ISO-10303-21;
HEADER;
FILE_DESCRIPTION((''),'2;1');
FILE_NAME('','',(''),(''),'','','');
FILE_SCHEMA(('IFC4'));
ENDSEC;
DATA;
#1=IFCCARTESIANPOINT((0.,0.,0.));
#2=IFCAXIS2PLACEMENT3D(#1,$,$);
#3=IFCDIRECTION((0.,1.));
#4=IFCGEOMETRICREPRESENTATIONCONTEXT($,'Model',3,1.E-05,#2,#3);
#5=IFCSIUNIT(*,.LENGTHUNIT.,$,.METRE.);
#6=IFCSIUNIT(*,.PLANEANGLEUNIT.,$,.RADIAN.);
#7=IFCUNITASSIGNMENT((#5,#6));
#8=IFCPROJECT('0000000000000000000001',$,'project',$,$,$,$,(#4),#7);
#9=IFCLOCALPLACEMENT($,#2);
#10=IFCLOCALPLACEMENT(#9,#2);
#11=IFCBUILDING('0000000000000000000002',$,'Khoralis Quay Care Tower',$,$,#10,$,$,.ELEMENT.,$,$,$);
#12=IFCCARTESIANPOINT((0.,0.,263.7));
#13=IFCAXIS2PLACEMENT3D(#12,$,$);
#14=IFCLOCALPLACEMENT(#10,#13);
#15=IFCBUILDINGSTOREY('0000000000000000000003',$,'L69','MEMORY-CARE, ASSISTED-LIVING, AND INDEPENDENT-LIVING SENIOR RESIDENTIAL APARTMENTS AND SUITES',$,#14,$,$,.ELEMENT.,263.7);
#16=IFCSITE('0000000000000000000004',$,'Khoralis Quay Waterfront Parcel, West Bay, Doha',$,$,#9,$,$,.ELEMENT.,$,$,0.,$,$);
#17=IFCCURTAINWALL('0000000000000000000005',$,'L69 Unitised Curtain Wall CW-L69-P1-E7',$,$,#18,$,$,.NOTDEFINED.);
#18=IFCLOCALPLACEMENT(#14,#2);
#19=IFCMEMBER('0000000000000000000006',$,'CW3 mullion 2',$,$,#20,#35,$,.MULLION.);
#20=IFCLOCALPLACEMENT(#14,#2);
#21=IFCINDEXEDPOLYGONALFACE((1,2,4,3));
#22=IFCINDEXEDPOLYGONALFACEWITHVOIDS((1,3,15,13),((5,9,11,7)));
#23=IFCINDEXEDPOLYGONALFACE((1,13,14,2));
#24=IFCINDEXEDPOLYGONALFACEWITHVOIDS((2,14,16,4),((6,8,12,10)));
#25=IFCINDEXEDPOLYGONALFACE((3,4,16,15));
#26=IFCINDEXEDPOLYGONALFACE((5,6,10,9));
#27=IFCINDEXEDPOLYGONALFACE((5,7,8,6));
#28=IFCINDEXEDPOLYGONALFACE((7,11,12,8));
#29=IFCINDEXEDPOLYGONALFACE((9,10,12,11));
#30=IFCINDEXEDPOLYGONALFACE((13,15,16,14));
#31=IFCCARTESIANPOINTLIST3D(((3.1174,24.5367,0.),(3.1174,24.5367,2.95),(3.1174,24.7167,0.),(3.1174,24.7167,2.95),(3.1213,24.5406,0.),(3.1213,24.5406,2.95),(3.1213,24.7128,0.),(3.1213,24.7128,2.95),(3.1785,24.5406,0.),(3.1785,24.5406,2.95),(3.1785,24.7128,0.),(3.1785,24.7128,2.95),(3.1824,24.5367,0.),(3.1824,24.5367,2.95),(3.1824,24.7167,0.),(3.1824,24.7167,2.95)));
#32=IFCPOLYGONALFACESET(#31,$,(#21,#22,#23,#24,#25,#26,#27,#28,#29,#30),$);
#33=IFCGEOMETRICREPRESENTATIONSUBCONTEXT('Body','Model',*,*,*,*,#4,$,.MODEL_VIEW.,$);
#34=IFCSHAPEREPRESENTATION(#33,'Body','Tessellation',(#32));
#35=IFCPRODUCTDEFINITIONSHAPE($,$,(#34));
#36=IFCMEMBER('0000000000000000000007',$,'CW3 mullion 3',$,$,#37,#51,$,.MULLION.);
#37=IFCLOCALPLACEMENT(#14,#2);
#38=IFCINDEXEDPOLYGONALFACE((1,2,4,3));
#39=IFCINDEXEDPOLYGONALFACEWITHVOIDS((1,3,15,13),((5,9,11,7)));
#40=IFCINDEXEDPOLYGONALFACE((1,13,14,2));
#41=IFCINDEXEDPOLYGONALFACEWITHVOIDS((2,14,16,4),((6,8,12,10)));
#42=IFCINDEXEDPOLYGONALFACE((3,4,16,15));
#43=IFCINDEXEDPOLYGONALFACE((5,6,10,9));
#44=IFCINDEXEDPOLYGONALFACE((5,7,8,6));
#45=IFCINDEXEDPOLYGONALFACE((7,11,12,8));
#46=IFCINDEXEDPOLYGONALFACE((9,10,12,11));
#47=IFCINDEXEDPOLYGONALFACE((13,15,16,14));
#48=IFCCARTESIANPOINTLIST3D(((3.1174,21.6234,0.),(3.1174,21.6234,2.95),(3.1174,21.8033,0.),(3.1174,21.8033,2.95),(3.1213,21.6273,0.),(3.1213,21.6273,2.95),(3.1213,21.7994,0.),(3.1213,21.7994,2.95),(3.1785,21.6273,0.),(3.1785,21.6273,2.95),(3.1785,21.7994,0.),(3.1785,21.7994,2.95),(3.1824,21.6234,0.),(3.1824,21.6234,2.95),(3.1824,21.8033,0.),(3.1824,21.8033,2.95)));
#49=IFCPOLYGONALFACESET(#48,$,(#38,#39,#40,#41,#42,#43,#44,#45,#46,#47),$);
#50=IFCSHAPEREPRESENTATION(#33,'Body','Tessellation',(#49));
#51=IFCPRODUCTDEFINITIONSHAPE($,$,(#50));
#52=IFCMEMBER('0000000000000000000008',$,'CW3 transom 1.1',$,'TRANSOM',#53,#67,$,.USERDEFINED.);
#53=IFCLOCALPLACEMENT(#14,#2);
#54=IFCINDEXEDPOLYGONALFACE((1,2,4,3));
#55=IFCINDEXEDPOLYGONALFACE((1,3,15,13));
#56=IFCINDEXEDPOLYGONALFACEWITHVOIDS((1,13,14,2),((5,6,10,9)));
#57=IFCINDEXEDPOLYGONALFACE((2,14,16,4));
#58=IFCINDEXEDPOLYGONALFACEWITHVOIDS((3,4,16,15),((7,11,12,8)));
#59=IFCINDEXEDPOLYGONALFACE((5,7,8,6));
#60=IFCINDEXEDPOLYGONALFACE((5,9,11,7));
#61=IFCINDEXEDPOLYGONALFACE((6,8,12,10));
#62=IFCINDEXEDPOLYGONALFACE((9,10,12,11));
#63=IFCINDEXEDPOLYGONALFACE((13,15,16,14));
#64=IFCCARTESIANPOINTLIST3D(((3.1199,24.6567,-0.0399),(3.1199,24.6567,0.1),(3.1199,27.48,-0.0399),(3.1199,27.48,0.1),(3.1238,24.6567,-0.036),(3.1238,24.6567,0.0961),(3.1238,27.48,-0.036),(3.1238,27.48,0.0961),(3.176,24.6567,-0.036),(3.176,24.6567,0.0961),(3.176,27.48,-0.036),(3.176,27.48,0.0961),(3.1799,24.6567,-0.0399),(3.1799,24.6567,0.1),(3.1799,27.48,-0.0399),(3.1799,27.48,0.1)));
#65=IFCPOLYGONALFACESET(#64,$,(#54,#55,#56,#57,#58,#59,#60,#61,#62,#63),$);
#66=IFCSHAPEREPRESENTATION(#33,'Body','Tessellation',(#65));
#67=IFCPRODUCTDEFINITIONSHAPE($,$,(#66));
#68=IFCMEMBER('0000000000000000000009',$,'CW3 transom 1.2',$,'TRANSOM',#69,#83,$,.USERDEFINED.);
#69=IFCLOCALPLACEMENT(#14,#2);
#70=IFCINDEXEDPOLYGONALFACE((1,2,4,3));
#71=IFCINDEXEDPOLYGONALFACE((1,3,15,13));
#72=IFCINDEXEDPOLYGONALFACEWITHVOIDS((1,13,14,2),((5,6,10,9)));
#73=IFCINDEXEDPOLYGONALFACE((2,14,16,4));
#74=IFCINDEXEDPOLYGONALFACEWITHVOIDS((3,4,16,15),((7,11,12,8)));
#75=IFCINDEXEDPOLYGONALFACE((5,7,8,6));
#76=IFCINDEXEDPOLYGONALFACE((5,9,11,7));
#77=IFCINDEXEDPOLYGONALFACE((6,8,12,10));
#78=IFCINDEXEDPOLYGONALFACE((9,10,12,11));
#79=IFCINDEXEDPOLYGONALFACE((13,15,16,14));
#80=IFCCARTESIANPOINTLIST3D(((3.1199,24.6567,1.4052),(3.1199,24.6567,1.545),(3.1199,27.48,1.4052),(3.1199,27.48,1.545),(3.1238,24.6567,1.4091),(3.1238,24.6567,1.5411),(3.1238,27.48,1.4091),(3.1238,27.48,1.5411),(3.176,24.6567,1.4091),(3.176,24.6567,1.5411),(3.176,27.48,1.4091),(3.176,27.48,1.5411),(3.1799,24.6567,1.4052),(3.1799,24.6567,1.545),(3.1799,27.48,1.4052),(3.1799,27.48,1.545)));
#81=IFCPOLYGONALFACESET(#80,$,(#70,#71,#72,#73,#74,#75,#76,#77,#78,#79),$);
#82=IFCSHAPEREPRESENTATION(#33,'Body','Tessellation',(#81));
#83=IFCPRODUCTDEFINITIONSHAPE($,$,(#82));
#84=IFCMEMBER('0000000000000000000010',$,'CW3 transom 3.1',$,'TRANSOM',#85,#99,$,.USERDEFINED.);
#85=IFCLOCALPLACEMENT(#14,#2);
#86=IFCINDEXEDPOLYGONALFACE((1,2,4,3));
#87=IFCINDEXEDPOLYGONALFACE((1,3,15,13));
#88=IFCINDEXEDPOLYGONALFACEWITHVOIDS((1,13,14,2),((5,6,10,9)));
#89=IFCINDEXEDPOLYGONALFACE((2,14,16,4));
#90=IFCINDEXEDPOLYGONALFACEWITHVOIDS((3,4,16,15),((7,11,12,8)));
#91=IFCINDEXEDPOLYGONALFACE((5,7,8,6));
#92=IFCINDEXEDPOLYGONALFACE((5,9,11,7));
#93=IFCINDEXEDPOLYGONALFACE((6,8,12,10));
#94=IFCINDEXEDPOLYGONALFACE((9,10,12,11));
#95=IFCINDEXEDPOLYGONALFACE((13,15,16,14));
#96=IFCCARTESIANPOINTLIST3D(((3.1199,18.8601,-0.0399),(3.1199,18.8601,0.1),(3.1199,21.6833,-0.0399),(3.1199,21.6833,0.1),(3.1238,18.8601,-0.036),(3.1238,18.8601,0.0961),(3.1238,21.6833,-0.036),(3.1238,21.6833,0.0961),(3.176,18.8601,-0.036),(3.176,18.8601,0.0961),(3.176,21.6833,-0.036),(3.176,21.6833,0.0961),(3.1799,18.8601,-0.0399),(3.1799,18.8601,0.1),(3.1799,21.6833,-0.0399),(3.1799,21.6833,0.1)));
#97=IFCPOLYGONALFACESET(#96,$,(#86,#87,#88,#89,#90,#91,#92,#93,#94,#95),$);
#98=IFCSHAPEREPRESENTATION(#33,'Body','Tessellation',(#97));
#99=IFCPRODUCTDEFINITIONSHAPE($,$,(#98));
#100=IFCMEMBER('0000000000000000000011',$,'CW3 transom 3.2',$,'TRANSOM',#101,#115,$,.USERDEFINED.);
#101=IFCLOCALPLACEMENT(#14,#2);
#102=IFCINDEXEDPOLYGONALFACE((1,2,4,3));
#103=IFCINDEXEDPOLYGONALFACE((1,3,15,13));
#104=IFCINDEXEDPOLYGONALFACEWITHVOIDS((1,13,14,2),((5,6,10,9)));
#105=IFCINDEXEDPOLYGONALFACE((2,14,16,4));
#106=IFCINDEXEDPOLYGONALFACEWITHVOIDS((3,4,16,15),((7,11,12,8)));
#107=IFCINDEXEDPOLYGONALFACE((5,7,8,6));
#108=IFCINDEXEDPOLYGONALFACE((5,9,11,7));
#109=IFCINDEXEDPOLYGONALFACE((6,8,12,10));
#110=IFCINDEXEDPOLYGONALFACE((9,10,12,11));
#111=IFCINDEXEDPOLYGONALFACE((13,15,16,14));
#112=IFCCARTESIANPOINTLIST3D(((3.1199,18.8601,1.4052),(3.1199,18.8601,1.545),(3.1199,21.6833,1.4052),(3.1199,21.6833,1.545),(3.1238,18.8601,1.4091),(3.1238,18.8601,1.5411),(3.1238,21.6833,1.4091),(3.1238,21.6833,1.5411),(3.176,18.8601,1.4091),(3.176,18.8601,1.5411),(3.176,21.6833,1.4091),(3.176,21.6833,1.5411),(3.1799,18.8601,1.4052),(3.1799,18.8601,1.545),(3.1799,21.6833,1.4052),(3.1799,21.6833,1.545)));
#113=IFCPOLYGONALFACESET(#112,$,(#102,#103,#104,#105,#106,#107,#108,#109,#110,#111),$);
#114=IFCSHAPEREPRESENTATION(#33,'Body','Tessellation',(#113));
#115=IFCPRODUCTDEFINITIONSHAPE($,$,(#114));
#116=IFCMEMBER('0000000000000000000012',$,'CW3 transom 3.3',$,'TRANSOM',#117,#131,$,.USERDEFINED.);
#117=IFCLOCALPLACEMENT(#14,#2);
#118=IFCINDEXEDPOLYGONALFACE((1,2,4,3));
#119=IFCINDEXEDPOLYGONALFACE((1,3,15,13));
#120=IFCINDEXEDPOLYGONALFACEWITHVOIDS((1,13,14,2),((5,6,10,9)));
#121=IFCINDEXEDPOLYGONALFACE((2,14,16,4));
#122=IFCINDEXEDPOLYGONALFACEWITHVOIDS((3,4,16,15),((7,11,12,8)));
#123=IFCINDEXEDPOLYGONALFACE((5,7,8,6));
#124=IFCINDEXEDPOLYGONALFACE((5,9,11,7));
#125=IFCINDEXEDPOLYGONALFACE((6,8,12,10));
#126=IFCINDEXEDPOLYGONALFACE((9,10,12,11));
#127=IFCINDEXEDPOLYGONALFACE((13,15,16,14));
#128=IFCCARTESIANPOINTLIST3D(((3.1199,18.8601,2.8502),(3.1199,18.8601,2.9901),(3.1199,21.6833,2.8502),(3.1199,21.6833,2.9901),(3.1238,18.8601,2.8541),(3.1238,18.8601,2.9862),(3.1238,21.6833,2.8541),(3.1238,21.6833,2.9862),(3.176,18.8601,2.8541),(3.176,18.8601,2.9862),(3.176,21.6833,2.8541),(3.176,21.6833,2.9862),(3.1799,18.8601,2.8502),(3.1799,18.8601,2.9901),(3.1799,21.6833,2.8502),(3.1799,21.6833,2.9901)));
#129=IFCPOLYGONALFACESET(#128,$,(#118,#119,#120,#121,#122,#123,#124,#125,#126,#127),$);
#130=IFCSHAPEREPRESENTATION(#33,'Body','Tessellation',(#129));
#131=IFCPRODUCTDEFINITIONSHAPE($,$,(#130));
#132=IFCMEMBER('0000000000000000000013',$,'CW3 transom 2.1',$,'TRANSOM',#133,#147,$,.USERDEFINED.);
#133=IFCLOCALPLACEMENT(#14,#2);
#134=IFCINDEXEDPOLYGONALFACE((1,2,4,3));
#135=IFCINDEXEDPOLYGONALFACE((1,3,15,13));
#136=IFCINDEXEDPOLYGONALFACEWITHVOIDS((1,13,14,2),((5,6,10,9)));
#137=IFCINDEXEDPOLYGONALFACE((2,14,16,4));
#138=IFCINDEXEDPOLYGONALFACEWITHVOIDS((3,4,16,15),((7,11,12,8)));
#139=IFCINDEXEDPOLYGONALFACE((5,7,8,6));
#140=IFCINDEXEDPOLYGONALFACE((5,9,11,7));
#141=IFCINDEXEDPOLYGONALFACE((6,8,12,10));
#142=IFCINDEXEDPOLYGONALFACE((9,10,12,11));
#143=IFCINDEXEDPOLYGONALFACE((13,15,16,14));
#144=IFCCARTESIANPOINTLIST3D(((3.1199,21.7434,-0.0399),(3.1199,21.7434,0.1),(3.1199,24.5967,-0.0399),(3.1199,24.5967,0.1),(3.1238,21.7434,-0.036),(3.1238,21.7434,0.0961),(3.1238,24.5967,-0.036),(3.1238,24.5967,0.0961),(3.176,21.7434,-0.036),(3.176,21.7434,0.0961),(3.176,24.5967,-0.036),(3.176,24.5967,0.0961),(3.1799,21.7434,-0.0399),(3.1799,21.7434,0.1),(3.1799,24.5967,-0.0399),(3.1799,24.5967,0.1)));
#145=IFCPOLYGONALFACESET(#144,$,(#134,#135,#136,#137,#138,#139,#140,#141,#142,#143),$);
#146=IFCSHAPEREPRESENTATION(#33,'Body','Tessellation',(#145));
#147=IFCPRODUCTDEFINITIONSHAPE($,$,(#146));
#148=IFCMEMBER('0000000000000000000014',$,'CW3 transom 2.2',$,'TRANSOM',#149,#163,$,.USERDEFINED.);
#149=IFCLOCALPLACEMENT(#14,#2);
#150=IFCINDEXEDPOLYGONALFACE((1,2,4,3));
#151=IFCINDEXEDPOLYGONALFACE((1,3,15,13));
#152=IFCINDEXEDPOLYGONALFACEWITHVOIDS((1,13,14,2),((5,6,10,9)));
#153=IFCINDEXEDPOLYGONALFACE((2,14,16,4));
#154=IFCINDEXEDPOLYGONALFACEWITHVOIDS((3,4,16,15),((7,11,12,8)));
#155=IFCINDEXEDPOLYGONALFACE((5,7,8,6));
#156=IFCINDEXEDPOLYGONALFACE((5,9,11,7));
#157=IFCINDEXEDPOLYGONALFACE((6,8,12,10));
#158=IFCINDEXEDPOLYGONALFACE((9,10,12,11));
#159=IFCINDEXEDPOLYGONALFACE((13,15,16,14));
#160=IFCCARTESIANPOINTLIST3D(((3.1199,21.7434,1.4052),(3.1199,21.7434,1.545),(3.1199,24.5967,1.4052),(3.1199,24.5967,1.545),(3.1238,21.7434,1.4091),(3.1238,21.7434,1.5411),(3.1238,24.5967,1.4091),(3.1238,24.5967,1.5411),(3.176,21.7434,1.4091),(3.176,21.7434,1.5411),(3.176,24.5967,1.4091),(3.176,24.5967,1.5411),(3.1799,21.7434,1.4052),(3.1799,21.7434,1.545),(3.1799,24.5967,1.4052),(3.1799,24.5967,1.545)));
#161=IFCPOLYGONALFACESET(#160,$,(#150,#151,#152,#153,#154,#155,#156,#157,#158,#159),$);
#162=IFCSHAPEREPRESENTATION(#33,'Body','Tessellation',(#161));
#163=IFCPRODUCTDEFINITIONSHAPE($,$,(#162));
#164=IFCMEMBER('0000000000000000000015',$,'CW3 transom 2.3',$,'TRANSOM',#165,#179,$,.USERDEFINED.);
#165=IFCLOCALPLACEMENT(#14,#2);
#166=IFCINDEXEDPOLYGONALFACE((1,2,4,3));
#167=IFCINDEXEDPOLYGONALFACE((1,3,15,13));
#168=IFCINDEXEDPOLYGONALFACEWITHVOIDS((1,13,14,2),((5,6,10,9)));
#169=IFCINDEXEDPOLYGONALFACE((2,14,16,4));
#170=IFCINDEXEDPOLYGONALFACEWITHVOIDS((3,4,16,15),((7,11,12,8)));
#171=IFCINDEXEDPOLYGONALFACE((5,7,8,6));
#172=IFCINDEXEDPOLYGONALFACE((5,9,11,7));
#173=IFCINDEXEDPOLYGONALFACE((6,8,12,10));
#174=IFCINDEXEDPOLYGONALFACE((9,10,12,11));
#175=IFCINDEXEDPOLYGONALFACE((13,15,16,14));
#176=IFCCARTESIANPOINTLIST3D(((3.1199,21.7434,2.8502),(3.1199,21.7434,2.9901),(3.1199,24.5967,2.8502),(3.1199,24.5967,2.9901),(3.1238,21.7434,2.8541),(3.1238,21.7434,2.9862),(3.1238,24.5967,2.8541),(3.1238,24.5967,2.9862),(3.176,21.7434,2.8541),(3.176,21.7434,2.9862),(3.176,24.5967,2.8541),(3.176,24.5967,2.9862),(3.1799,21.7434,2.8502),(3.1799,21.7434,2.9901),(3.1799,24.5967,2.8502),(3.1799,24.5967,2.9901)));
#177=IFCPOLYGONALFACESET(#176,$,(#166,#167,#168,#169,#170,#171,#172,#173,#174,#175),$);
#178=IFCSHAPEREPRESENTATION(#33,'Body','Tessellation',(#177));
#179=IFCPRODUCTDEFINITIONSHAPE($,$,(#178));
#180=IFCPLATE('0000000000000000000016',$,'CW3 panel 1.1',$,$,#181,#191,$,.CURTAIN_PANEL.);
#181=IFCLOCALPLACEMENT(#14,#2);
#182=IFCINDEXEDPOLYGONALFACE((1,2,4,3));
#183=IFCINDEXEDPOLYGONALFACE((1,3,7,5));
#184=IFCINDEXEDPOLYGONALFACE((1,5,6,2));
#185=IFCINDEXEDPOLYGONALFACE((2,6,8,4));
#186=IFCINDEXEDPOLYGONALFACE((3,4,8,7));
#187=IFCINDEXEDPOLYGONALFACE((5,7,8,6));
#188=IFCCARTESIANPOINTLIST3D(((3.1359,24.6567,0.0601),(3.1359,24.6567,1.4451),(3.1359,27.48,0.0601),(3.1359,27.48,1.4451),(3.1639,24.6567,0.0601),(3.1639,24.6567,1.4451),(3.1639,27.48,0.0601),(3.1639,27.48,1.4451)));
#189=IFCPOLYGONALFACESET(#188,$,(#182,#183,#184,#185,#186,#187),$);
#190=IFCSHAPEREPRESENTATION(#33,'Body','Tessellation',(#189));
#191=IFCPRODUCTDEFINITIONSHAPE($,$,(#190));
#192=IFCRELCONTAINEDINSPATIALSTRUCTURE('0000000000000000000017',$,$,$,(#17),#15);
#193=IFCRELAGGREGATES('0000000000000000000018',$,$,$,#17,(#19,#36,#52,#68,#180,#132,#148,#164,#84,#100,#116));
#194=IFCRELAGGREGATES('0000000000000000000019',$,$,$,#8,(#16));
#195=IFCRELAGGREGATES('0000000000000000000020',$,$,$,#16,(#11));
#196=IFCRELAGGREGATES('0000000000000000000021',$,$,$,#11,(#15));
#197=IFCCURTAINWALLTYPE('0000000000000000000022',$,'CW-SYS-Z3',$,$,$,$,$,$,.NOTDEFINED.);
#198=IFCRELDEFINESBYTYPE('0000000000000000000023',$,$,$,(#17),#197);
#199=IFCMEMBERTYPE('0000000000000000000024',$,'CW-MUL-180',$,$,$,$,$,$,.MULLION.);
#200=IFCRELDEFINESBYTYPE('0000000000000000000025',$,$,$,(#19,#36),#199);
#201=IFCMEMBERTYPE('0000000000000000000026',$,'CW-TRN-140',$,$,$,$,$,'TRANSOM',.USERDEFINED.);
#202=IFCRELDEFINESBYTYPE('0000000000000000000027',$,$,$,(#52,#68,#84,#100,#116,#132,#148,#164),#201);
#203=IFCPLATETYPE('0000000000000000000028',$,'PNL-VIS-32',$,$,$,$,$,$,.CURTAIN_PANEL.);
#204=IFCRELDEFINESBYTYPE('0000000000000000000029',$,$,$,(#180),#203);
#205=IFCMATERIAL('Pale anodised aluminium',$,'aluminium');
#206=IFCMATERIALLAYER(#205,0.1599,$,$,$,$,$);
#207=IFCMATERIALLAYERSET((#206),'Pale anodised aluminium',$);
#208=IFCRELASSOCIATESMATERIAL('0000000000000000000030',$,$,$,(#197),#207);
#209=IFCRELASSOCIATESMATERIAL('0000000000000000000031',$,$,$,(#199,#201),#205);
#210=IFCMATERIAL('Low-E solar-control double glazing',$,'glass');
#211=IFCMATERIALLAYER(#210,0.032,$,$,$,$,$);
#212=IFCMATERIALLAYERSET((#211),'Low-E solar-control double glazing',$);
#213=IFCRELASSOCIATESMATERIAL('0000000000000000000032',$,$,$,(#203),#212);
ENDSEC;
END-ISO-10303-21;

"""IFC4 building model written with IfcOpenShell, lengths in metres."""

from ifc_helpers import new_model, si_unit, direction, frame, origin, origin_2d, place, context, subcontext, project, spatial, rectangle, hollow_rectangle, extrude, source, transform, mapped, material, layer, layer_set, material_profile, profile_set, type_object, element, aggregate, save


model = new_model("IFC4")

# Units and contexts
model_context = context("Model", 3, precision=1e-05, world=origin(), true_north=direction((0.0, 1.0)))
body_context = subcontext(model_context, "Body", "Model", "MODEL_VIEW")
ifc_project = project(units=[si_unit("LENGTHUNIT", "METRE"), si_unit("PLANEANGLEUNIT", "RADIAN")], contexts=[model_context])

# Site, building, storey
site_placement = place(None, origin())
site = spatial("IfcSite", under=ifc_project, at=site_placement, Name="Khoralis Quay Waterfront Parcel, West Bay, Doha", CompositionType="ELEMENT", RefElevation=0.0)
building_placement = place(site_placement, origin())
building = spatial("IfcBuilding", under=site, at=building_placement, Name="Khoralis Quay Care Tower", CompositionType="ELEMENT")
storey_placement = place(building_placement, frame((0.0, 0.0, 263.7)))
storey = spatial("IfcBuildingStorey", under=building, at=storey_placement, Name="L69", Description="MEMORY-CARE, ASSISTED-LIVING, AND INDEPENDENT-LIVING SENIOR RESIDENTIAL APARTMENTS AND SUITES", CompositionType="ELEMENT", Elevation=263.7)

# Curtain wall, members, plate
ifc_material_1 = material(Name="Pale anodised aluminium", Category="aluminium")
ifc_layer_1 = layer(ifc_material_1, 0.1599)
ifc_layer_set_1 = layer_set([ifc_layer_1], Name="Pale anodised aluminium")
curtain_wall_type = type_object("IfcCurtainWallType", Name="CW-SYS-Z3", PredefinedType="NOTDEFINED", material=ifc_layer_set_1)
curtain_wall_placement = place(storey_placement, origin())
curtain_wall = element("IfcCurtainWall", 1, at=curtain_wall_placement, inside=storey, type_object=curtain_wall_type, Name="L69 Unitised Curtain Wall CW-L69-P1-E7", PredefinedType="NOTDEFINED")
ifc_material_profile_1 = material_profile(ifc_material_1, hollow_rectangle(XDim=0.0649, YDim=0.1799, WallThickness=0.0039, at=origin_2d()), Name="Pale anodised aluminium")
ifc_profile_set_1 = profile_set([ifc_material_profile_1], Name="Pale anodised aluminium")
member_type_1 = type_object("IfcMemberType", Name="CW-MUL-180", PredefinedType="MULLION", material=ifc_profile_set_1)
shared_shape_1 = source(origin(), body_context, "Body", "SweptSolid", [
    extrude(hollow_rectangle(XDim=0.0649, YDim=0.1799, WallThickness=0.0039, at=origin_2d()), origin(), (0.0, 0.0, 1.0), 2.95),
])
member_1_placement = place(storey_placement, frame((3.1499, 24.6267, 0.0), z_axis=(0.0, 0.0, 1.0), x_axis=(1.0, 0.0, 0.0)))
member_1 = element("IfcMember", 2, at=member_1_placement, type_object=member_type_1, Name="CW3 mullion 2", PredefinedType="MULLION", context=body_context, shape_type="MappedRepresentation", body=[
    mapped(shared_shape_1, transform((0.0, 0.0, 0.0), scale=1.0)),
])
member_2_placement = place(storey_placement, frame((3.1499, 21.7134, 0.0), z_axis=(0.0, 0.0, 1.0), x_axis=(1.0, 0.0, 0.0)))
member_2 = element("IfcMember", 3, at=member_2_placement, type_object=member_type_1, Name="CW3 mullion 3", PredefinedType="MULLION", context=body_context, shape_type="MappedRepresentation", body=[
    mapped(shared_shape_1, transform((0.0, 0.0, 0.0), scale=1.0)),
])
ifc_material_profile_2 = material_profile(ifc_material_1, hollow_rectangle(XDim=0.0601, YDim=0.1399, WallThickness=0.0039, at=origin_2d()), Name="Pale anodised aluminium")
ifc_profile_set_2 = profile_set([ifc_material_profile_2], Name="Pale anodised aluminium")
member_type_2 = type_object("IfcMemberType", Name="CW-TRN-140", ElementType="TRANSOM", PredefinedType="USERDEFINED", material=ifc_profile_set_2)
shared_shape_2 = source(origin(), body_context, "Body", "SweptSolid", [
    extrude(hollow_rectangle(XDim=0.0601, YDim=0.1399, WallThickness=0.0039, at=origin_2d()), origin(), (0.0, 0.0, 1.0), 2.8232),
])
member_3_placement = place(storey_placement, frame((3.1499, 27.48, 0.03), z_axis=(0.0, -1.0, 0.0), x_axis=(1.0, 0.0, 0.0)))
member_3 = element("IfcMember", 4, at=member_3_placement, type_object=member_type_2, Name="CW3 transom 1.1", ObjectType="TRANSOM", PredefinedType="USERDEFINED", context=body_context, shape_type="MappedRepresentation", body=[
    mapped(shared_shape_2, transform((0.0, 0.0, 0.0), scale=1.0)),
])
member_4_placement = place(storey_placement, frame((3.1499, 27.48, 1.4751), z_axis=(0.0, -1.0, 0.0), x_axis=(1.0, 0.0, 0.0)))
member_4 = element("IfcMember", 5, at=member_4_placement, type_object=member_type_2, Name="CW3 transom 1.2", ObjectType="TRANSOM", PredefinedType="USERDEFINED", context=body_context, shape_type="MappedRepresentation", body=[
    mapped(shared_shape_2, transform((0.0, 0.0, 0.0), scale=1.0)),
])
member_5_placement = place(storey_placement, frame((3.1499, 21.6833, 0.03), z_axis=(0.0, -1.0, 0.0), x_axis=(1.0, 0.0, 0.0)))
member_5 = element("IfcMember", 6, at=member_5_placement, type_object=member_type_2, Name="CW3 transom 3.1", ObjectType="TRANSOM", PredefinedType="USERDEFINED", context=body_context, shape_type="MappedRepresentation", body=[
    mapped(shared_shape_2, transform((0.0, 0.0, 0.0), scale=1.0)),
])
member_6_placement = place(storey_placement, frame((3.1499, 21.6833, 1.4751), z_axis=(0.0, -1.0, 0.0), x_axis=(1.0, 0.0, 0.0)))
member_6 = element("IfcMember", 7, at=member_6_placement, type_object=member_type_2, Name="CW3 transom 3.2", ObjectType="TRANSOM", PredefinedType="USERDEFINED", context=body_context, shape_type="MappedRepresentation", body=[
    mapped(shared_shape_2, transform((0.0, 0.0, 0.0), scale=1.0)),
])
member_7_placement = place(storey_placement, frame((3.1499, 21.6833, 2.9202), z_axis=(0.0, -1.0, 0.0), x_axis=(1.0, 0.0, 0.0)))
member_7 = element("IfcMember", 8, at=member_7_placement, type_object=member_type_2, Name="CW3 transom 3.3", ObjectType="TRANSOM", PredefinedType="USERDEFINED", context=body_context, shape_type="MappedRepresentation", body=[
    mapped(shared_shape_2, transform((0.0, 0.0, 0.0), scale=1.0)),
])
shared_shape_3 = source(origin(), body_context, "Body", "SweptSolid", [
    extrude(hollow_rectangle(XDim=0.0601, YDim=0.1399, WallThickness=0.0039, at=origin_2d()), origin(), (0.0, 0.0, 1.0), 2.8533),
])
member_8_placement = place(storey_placement, frame((3.1499, 24.5967, 0.03), z_axis=(0.0, -1.0, 0.0), x_axis=(1.0, 0.0, 0.0)))
member_8 = element("IfcMember", 9, at=member_8_placement, type_object=member_type_2, Name="CW3 transom 2.1", ObjectType="TRANSOM", PredefinedType="USERDEFINED", context=body_context, shape_type="MappedRepresentation", body=[
    mapped(shared_shape_3, transform((0.0, 0.0, 0.0), scale=1.0)),
])
member_9_placement = place(storey_placement, frame((3.1499, 24.5967, 1.4751), z_axis=(0.0, -1.0, 0.0), x_axis=(1.0, 0.0, 0.0)))
member_9 = element("IfcMember", 10, at=member_9_placement, type_object=member_type_2, Name="CW3 transom 2.2", ObjectType="TRANSOM", PredefinedType="USERDEFINED", context=body_context, shape_type="MappedRepresentation", body=[
    mapped(shared_shape_3, transform((0.0, 0.0, 0.0), scale=1.0)),
])
member_10_placement = place(storey_placement, frame((3.1499, 24.5967, 2.9202), z_axis=(0.0, -1.0, 0.0), x_axis=(1.0, 0.0, 0.0)))
member_10 = element("IfcMember", 11, at=member_10_placement, type_object=member_type_2, Name="CW3 transom 2.3", ObjectType="TRANSOM", PredefinedType="USERDEFINED", context=body_context, shape_type="MappedRepresentation", body=[
    mapped(shared_shape_3, transform((0.0, 0.0, 0.0), scale=1.0)),
])
ifc_material_2 = material(Name="Low-E solar-control double glazing", Category="glass")
ifc_layer_2 = layer(ifc_material_2, 0.032)
ifc_layer_set_2 = layer_set([ifc_layer_2], Name="Low-E solar-control double glazing")
plate_type = type_object("IfcPlateType", Name="PNL-VIS-32", PredefinedType="CURTAIN_PANEL", material=ifc_layer_set_2)
shared_shape_4 = source(origin(), body_context, "Body", "SweptSolid", [
    extrude(rectangle(XDim=2.8232, YDim=0.0281, at=origin_2d()), origin(), (0.0, 0.0, 1.0), 1.385),
])
plate_1_placement = place(storey_placement, frame((3.1499, 26.0684, 0.0601), z_axis=(0.0, 0.0, 1.0), x_axis=(0.0, -1.0, 0.0)))
plate_1 = element("IfcPlate", 12, at=plate_1_placement, type_object=plate_type, Name="CW3 panel 1.1", PredefinedType="CURTAIN_PANEL", context=body_context, shape_type="MappedRepresentation", body=[
    mapped(shared_shape_4, transform((0.0, 0.0, 0.0), scale=1.0)),
])
aggregate(curtain_wall, [member_1, member_2, member_3, member_4, plate_1, member_8, member_9, member_10, member_5, member_6, member_7])

save(model, "model.ifc")
